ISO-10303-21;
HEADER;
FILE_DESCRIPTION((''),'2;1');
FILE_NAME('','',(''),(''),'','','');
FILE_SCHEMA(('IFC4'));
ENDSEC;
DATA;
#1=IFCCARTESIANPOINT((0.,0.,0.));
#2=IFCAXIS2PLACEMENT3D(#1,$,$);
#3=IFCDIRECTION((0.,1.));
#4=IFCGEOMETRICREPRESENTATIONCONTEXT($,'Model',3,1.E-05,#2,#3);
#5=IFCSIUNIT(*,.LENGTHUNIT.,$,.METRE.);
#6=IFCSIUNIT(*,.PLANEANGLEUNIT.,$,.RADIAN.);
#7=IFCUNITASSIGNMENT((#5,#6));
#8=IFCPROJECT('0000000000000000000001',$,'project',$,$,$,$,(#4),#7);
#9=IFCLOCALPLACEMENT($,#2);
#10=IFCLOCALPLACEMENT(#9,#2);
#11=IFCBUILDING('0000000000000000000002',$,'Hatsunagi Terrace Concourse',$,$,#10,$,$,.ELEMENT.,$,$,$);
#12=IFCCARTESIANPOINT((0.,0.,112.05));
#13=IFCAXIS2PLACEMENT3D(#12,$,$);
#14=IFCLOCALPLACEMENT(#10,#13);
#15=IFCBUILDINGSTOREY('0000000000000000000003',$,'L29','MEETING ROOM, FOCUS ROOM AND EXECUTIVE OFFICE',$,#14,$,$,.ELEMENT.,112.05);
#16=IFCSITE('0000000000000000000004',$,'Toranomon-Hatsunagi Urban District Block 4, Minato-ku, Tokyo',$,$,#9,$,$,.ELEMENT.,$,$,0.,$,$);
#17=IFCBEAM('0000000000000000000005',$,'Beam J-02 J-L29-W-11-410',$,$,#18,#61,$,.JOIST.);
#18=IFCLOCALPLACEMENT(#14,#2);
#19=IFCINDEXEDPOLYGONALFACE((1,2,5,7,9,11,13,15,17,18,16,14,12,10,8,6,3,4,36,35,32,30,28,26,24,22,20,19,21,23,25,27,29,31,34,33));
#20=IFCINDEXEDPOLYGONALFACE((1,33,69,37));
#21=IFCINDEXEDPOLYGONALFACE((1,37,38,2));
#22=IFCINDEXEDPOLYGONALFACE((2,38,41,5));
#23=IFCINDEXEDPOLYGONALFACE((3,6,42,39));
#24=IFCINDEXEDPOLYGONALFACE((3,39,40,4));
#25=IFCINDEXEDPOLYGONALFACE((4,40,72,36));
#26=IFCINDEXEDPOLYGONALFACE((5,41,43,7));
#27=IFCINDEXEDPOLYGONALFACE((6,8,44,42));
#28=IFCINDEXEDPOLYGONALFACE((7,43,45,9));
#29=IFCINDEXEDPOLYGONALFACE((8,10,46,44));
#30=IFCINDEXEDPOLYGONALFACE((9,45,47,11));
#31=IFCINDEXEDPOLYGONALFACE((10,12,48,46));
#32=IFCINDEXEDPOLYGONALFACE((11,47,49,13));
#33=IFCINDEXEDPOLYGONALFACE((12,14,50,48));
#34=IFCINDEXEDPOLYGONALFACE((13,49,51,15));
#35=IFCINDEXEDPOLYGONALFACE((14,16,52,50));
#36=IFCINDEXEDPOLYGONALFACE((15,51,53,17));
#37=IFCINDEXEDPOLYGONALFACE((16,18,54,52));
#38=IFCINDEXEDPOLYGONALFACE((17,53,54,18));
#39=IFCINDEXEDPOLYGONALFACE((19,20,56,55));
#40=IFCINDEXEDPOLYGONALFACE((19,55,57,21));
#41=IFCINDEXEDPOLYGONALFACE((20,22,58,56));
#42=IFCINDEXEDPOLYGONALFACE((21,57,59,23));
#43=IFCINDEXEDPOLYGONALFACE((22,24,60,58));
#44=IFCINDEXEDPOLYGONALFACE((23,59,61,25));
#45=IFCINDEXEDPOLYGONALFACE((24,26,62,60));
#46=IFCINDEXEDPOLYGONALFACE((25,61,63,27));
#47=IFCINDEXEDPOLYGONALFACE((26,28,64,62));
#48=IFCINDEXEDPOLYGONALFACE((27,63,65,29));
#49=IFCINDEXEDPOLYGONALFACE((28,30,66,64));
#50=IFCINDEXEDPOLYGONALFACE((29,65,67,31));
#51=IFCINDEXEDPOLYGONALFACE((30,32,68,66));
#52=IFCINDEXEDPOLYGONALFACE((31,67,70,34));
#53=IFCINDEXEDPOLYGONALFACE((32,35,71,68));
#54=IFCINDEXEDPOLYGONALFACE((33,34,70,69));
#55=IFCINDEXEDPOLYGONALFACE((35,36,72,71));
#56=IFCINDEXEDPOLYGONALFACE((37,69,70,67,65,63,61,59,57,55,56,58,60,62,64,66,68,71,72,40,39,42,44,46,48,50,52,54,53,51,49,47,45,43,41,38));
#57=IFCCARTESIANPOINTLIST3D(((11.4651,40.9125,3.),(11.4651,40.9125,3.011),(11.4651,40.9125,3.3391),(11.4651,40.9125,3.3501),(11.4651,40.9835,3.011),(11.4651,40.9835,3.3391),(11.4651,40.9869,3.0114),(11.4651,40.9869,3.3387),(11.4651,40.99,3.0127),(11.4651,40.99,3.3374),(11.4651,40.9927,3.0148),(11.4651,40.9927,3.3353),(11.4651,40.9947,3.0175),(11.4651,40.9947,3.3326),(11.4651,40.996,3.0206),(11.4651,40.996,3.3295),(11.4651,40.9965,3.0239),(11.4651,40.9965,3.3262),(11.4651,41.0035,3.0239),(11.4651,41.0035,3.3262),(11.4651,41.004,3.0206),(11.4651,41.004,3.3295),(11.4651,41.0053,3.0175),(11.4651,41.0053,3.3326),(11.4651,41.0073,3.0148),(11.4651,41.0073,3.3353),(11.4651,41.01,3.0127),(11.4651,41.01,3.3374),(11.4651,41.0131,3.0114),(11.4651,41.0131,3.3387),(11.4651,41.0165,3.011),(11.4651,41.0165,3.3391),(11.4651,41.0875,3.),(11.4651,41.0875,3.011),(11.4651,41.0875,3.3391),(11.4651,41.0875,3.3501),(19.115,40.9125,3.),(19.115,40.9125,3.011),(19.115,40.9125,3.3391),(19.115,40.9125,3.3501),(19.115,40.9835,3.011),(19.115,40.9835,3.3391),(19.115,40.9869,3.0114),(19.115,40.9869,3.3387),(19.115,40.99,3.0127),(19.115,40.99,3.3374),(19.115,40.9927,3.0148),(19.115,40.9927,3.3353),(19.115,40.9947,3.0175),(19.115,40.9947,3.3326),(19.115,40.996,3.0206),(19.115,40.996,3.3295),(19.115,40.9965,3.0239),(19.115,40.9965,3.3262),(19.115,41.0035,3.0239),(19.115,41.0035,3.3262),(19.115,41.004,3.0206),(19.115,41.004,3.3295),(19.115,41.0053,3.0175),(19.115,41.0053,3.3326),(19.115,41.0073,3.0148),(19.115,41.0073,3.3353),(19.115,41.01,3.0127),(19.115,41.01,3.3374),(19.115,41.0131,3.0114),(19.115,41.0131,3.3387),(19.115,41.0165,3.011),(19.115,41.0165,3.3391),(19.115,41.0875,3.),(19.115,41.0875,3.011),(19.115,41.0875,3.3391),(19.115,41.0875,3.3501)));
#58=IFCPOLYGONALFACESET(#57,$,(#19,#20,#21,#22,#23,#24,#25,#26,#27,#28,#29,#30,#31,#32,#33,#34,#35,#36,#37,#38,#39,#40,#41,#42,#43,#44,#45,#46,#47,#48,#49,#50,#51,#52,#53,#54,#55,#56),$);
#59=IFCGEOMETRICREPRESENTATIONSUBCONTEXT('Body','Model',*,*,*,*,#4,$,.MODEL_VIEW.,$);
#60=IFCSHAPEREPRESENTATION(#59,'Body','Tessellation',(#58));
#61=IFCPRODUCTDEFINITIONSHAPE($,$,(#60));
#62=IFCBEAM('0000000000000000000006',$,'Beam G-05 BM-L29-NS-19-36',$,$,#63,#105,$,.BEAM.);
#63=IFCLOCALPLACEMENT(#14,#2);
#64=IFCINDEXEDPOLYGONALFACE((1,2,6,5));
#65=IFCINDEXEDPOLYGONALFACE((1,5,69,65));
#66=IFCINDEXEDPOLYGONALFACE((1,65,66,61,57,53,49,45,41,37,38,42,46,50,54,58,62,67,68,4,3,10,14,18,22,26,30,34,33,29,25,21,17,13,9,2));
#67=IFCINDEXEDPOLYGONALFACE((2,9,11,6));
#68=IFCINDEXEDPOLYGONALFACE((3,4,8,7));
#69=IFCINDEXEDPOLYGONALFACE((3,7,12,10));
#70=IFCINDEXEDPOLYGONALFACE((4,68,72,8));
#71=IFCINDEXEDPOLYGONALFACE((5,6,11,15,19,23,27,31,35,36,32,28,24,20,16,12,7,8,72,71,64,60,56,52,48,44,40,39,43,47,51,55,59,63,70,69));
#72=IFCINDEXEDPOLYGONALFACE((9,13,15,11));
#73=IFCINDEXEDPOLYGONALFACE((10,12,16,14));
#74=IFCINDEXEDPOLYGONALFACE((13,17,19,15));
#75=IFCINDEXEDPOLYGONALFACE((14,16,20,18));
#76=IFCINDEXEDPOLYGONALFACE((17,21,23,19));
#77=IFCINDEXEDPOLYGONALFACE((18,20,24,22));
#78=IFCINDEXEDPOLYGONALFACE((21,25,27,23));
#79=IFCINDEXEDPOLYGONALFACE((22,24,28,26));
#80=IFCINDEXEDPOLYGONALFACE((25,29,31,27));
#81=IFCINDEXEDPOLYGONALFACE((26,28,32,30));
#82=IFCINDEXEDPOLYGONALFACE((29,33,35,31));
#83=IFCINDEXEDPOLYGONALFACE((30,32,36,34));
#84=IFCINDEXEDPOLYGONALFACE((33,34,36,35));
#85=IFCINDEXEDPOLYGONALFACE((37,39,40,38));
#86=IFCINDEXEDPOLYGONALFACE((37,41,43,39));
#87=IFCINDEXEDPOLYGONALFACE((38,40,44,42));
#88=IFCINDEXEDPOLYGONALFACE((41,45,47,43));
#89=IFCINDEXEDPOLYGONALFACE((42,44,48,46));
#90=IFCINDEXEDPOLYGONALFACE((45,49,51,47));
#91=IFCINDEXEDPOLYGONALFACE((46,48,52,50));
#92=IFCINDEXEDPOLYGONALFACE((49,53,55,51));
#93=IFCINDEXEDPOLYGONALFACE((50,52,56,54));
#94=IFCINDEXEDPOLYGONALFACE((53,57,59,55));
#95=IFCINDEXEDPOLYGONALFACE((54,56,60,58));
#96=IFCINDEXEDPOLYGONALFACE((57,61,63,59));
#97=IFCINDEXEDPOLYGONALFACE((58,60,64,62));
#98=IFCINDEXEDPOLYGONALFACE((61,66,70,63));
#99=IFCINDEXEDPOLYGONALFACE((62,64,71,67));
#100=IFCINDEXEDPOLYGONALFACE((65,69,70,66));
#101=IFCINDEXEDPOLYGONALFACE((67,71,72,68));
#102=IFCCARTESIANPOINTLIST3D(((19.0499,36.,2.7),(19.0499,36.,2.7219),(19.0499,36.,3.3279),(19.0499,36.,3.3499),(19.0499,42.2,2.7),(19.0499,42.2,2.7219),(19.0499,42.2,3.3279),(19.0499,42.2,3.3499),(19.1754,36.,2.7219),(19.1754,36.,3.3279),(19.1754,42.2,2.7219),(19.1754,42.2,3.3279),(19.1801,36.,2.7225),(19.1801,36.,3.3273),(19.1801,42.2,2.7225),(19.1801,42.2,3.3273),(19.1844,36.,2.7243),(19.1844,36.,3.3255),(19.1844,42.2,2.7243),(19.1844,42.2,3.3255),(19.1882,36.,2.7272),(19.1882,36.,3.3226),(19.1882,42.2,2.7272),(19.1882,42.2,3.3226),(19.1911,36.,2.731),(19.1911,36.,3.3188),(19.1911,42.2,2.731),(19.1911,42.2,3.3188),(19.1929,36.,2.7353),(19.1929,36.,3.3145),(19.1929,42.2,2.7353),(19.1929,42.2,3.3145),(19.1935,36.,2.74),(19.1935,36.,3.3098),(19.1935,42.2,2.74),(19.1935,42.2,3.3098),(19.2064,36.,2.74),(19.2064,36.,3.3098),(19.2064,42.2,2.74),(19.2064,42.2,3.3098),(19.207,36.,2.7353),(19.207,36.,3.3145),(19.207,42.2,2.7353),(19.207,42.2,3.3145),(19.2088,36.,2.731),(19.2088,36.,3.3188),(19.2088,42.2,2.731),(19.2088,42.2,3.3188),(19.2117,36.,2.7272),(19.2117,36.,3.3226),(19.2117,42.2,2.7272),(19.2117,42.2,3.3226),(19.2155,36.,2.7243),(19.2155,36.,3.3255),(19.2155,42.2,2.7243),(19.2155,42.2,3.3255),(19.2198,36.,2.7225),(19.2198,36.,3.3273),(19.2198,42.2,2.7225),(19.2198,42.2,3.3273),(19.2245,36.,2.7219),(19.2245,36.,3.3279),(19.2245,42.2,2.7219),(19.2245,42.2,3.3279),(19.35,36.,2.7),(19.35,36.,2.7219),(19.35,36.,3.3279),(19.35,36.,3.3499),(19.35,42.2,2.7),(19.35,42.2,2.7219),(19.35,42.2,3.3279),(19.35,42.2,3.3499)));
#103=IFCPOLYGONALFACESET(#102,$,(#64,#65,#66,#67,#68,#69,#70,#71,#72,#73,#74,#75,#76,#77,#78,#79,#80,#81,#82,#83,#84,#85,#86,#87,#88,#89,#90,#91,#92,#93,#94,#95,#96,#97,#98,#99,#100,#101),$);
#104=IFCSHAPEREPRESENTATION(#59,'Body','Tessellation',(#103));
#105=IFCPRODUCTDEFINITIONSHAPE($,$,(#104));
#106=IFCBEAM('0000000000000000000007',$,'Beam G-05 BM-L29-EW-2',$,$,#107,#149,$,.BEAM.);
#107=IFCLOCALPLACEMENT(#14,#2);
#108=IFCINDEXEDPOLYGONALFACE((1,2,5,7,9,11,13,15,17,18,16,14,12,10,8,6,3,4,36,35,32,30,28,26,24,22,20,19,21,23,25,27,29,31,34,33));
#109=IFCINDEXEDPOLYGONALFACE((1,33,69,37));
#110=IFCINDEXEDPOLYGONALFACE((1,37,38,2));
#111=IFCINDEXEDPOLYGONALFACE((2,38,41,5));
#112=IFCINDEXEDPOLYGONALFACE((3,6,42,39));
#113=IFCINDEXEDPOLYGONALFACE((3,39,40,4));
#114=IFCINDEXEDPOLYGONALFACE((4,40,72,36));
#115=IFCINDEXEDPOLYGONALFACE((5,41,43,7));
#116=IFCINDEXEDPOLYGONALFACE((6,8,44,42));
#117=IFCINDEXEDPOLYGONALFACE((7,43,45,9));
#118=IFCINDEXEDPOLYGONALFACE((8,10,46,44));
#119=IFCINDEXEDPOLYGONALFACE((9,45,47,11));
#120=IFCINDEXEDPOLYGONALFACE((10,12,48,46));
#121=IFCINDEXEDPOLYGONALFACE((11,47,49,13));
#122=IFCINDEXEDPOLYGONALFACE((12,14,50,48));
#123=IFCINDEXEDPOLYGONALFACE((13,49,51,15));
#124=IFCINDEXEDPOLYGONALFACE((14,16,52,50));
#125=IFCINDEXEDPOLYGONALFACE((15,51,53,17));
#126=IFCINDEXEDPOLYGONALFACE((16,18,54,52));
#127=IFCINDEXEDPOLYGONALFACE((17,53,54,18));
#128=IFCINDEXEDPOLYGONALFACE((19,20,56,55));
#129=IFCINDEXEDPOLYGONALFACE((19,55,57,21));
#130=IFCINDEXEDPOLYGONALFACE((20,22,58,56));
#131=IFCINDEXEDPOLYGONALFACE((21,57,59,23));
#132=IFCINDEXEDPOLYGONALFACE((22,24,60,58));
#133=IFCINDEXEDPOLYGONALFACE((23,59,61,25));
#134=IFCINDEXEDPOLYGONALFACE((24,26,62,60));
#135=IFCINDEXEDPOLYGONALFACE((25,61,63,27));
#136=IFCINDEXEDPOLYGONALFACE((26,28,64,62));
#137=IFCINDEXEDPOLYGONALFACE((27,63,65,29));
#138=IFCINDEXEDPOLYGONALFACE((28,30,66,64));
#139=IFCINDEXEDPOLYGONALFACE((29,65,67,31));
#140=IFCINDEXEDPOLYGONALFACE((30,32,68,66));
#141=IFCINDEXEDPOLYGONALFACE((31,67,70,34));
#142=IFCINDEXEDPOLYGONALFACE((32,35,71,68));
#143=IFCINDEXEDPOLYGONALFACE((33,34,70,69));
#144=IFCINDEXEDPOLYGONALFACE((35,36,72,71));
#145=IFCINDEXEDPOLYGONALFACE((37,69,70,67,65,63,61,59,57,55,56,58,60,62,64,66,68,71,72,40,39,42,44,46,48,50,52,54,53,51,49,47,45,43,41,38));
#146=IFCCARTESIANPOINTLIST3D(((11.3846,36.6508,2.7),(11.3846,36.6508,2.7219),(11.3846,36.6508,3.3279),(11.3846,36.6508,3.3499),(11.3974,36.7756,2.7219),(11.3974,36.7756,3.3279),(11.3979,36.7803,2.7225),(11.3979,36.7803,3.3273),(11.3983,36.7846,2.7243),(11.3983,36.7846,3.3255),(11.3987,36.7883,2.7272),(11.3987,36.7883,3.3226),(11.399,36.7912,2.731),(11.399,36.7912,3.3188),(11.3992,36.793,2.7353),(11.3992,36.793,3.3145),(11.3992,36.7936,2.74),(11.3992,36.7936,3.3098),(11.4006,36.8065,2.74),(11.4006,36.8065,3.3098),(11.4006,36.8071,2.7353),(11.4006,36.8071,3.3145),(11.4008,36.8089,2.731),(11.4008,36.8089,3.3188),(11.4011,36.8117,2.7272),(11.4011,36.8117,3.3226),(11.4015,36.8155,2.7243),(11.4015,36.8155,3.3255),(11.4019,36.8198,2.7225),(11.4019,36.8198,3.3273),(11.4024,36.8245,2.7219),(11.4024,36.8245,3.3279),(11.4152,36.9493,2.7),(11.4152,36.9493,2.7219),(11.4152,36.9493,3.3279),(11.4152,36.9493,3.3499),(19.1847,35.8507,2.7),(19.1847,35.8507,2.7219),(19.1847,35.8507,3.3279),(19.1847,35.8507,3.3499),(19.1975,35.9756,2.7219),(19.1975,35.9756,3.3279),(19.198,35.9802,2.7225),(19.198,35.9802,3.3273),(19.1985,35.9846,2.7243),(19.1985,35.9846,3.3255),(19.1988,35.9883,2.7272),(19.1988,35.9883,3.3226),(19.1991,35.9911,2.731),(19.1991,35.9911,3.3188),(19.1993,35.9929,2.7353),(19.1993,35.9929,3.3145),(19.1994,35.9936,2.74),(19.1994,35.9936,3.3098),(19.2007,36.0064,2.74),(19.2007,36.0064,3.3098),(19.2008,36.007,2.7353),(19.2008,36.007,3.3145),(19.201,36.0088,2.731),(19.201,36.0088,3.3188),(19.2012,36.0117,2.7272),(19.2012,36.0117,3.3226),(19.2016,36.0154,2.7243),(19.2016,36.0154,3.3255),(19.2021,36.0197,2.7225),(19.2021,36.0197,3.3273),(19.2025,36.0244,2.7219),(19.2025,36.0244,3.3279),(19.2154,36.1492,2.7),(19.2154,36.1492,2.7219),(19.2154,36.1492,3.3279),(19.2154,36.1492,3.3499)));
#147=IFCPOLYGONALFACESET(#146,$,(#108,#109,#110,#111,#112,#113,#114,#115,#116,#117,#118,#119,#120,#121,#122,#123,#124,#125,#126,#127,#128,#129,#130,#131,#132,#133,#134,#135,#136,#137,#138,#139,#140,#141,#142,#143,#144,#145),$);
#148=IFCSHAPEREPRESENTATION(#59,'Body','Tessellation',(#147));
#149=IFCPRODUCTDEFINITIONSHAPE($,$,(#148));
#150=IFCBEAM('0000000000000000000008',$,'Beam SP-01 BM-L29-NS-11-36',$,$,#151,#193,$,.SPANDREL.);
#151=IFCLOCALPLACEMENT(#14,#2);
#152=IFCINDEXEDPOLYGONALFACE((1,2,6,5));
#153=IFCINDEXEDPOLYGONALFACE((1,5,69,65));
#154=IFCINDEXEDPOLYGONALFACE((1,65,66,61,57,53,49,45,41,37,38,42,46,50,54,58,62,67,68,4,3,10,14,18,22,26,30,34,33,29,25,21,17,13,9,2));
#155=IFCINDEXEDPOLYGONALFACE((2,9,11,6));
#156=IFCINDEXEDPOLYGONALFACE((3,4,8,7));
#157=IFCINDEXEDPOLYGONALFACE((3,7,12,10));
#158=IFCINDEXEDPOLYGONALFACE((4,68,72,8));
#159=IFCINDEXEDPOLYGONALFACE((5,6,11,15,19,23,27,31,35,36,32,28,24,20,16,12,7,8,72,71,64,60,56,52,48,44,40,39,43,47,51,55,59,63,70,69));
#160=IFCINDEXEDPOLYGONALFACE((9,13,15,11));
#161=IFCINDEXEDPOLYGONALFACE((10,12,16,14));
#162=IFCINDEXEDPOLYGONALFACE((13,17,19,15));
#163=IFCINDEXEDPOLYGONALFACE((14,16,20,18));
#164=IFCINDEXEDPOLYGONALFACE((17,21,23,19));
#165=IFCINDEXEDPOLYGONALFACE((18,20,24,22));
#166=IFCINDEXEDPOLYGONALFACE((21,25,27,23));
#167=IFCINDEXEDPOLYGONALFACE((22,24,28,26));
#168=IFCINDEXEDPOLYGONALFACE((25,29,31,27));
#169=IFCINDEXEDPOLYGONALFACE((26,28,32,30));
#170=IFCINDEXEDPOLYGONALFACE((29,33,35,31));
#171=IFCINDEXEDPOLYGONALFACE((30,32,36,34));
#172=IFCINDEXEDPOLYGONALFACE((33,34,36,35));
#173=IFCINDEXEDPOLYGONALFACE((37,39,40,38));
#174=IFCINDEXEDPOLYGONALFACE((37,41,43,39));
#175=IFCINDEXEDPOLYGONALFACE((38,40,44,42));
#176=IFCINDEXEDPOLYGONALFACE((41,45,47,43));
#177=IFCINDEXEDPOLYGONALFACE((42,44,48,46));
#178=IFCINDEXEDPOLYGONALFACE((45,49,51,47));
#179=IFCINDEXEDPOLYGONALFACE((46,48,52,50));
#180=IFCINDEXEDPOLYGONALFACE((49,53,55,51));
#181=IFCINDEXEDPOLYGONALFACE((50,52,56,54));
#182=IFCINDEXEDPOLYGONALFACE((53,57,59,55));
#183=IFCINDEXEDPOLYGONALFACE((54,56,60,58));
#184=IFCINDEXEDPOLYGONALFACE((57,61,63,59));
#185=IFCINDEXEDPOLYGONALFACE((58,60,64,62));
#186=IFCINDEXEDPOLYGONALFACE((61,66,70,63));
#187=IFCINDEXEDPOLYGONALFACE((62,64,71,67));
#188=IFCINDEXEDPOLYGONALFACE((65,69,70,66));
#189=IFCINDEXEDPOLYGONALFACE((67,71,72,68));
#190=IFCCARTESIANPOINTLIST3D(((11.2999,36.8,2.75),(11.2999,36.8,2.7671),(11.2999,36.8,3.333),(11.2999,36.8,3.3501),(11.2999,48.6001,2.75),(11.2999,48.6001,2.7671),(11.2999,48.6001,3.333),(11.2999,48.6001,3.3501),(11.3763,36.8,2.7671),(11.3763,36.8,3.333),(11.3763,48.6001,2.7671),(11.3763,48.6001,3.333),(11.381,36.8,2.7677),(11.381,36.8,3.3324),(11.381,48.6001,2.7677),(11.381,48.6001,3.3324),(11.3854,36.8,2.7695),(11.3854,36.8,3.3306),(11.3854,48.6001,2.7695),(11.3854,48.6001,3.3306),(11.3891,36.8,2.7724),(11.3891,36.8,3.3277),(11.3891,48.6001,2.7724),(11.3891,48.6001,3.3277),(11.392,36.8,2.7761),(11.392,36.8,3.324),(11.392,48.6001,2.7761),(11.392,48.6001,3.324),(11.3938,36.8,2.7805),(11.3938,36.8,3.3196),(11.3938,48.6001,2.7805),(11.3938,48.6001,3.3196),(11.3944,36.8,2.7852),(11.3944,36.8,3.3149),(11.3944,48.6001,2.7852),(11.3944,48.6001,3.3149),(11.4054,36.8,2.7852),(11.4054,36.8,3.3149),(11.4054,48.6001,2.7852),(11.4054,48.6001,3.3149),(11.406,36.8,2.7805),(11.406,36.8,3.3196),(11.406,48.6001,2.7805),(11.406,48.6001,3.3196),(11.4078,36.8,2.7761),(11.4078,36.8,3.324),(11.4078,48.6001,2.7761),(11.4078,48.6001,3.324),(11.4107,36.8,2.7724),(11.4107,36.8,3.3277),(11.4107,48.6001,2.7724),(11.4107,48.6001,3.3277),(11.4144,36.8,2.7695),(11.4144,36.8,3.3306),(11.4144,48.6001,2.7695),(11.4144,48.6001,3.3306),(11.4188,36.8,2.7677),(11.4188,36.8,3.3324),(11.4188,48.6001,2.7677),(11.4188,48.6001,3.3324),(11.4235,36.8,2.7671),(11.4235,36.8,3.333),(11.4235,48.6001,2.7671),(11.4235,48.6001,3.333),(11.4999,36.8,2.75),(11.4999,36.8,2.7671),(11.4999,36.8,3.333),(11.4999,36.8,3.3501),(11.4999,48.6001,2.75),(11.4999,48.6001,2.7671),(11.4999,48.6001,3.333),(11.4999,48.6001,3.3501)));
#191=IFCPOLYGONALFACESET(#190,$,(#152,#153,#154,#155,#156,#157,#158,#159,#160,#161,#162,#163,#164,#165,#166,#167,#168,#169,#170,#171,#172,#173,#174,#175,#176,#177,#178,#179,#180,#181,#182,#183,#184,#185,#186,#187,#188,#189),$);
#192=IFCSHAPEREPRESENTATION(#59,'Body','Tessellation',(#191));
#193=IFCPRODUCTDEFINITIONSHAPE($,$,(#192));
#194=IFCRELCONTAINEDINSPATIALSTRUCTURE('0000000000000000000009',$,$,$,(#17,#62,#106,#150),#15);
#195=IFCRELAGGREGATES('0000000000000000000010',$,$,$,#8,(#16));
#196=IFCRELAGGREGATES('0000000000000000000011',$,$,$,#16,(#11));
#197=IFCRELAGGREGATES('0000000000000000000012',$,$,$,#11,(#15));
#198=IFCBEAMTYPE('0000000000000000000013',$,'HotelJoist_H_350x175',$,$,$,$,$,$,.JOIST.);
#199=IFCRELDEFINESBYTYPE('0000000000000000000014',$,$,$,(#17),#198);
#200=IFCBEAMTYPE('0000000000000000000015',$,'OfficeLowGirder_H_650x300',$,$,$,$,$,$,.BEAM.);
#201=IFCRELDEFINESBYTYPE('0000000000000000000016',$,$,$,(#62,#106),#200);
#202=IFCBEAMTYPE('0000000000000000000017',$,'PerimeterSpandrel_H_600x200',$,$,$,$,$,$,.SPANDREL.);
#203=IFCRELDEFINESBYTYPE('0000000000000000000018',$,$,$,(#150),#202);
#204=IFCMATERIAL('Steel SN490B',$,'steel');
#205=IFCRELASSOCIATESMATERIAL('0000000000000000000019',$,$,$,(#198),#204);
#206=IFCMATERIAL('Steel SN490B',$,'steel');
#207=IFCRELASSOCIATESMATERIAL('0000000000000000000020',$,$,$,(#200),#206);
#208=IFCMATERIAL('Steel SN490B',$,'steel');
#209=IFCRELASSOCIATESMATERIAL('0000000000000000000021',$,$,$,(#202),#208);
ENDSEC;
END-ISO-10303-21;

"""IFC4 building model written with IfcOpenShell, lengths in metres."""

from ifc_helpers import new_model, si_unit, direction, frame, origin, origin_2d, place, context, subcontext, project, spatial, i_section, extrude, material, material_profile, profile_set, type_object, element, save


model = new_model("IFC4")

# Units and contexts
model_context = context("Model", 3, precision=1e-05, world=origin(), true_north=direction((0.0, 1.0)))
body_context = subcontext(model_context, "Body", "Model", "MODEL_VIEW")
ifc_project = project(units=[si_unit("LENGTHUNIT", "METRE"), si_unit("PLANEANGLEUNIT", "RADIAN")], contexts=[model_context])

# Site, building, storey
site_placement = place(None, origin())
site = spatial("IfcSite", under=ifc_project, at=site_placement, Name="Toranomon-Hatsunagi Urban District Block 4, Minato-ku, Tokyo", CompositionType="ELEMENT", RefElevation=0.0)
building_placement = place(site_placement, origin())
building = spatial("IfcBuilding", under=site, at=building_placement, Name="Hatsunagi Terrace Concourse", CompositionType="ELEMENT")
storey_placement = place(building_placement, frame((0.0, 0.0, 112.05)))
storey = spatial("IfcBuildingStorey", under=building, at=storey_placement, Name="L29", Description="MEETING ROOM, FOCUS ROOM AND EXECUTIVE OFFICE", CompositionType="ELEMENT", Elevation=112.05)

# Beams
ifc_material_1 = material(Name="Steel SN490B", Category="steel")
ifc_material_profile_1 = material_profile(ifc_material_1, i_section(OverallWidth=0.175, OverallDepth=0.3501, WebThickness=0.0071, FlangeThickness=0.011, FilletRadius=0.0129, at=origin_2d()), Name="H-350x175x7x11")
ifc_profile_set_1 = profile_set([ifc_material_profile_1], Name="Steel SN490B")
beam_type_1 = type_object("IfcBeamType", Name="HotelJoist_H_350x175", PredefinedType="JOIST", material=ifc_profile_set_1)
for number, where, z_axis, x_axis, name in (
    (1, (11.4651, 41.0, 3.175), (1.0, 0.0, 0.0), (0.0, 1.0, 0.0), "Beam J-02 J-L29-W-11-410"),
):
    element("IfcBeam", number, at=place(storey_placement, frame(where, z_axis=z_axis, x_axis=x_axis)), inside=storey, type_object=beam_type_1, Name=name, PredefinedType="JOIST", context=body_context, shape_type="SweptSolid", body=[
        extrude(i_section(OverallWidth=0.175, OverallDepth=0.3501, WebThickness=0.0071, FlangeThickness=0.011, FilletRadius=0.0129, at=origin_2d()), origin(), (0.0, 0.0, 1.0), 7.6499),
    ])
ifc_material_2 = material(Name="Steel SN490B", Category="steel")
ifc_material_profile_2 = material_profile(ifc_material_2, i_section(OverallWidth=0.3, OverallDepth=0.6499, WebThickness=0.0129, FlangeThickness=0.022, FilletRadius=0.0181, at=origin_2d()), Name="H-650x300x13x22")
ifc_profile_set_2 = profile_set([ifc_material_profile_2], Name="Steel SN490B")
beam_type_2 = type_object("IfcBeamType", Name="OfficeLowGirder_H_650x300", PredefinedType="BEAM", material=ifc_profile_set_2)
beam_1_placement = place(storey_placement, frame((19.2, 36.0, 3.0249), z_axis=(0.0, 1.0, 0.0), x_axis=(-1.0, 0.0, 0.0)))
element("IfcBeam", 2, at=beam_1_placement, inside=storey, type_object=beam_type_2, Name="Beam G-05 BM-L29-NS-19-36", PredefinedType="BEAM", context=body_context, shape_type="SweptSolid", body=[
    extrude(i_section(OverallWidth=0.3, OverallDepth=0.6499, WebThickness=0.0129, FlangeThickness=0.022, FilletRadius=0.0181, at=origin_2d()), origin(), (0.0, 0.0, 1.0), 6.2),
])
beam_2_placement = place(storey_placement, frame((11.3999, 36.8, 3.0249), z_axis=(0.994781, -0.102034, 0.0), x_axis=(0.102034, 0.994781, 0.0)))
element("IfcBeam", 3, at=beam_2_placement, inside=storey, type_object=beam_type_2, Name="Beam G-05 BM-L29-EW-2", PredefinedType="BEAM", context=body_context, shape_type="SweptSolid", body=[
    extrude(i_section(OverallWidth=0.3, OverallDepth=0.6499, WebThickness=0.0129, FlangeThickness=0.022, FilletRadius=0.0181, at=origin_2d()), origin(), (0.0, 0.0, 1.0), 7.8411),
])
ifc_material_3 = material(Name="Steel SN490B", Category="steel")
ifc_material_profile_3 = material_profile(ifc_material_3, i_section(OverallWidth=0.2, OverallDepth=0.6001, WebThickness=0.011, FlangeThickness=0.0171, FilletRadius=0.0181, at=origin_2d()), Name="H-600x200x11x17")
ifc_profile_set_3 = profile_set([ifc_material_profile_3], Name="Steel SN490B")
beam_type_3 = type_object("IfcBeamType", Name="PerimeterSpandrel_H_600x200", PredefinedType="SPANDREL", material=ifc_profile_set_3)
beam_3_placement = place(storey_placement, frame((11.3999, 36.8, 3.05), z_axis=(0.0, 1.0, 0.0), x_axis=(-1.0, 0.0, 0.0)))
element("IfcBeam", 4, at=beam_3_placement, inside=storey, type_object=beam_type_3, Name="Beam SP-01 BM-L29-NS-11-36", PredefinedType="SPANDREL", context=body_context, shape_type="SweptSolid", body=[
    extrude(i_section(OverallWidth=0.2, OverallDepth=0.6001, WebThickness=0.011, FlangeThickness=0.0171, FilletRadius=0.0181, at=origin_2d()), origin(), (0.0, 0.0, 1.0), 11.8),
])

save(model, "model.ifc")
